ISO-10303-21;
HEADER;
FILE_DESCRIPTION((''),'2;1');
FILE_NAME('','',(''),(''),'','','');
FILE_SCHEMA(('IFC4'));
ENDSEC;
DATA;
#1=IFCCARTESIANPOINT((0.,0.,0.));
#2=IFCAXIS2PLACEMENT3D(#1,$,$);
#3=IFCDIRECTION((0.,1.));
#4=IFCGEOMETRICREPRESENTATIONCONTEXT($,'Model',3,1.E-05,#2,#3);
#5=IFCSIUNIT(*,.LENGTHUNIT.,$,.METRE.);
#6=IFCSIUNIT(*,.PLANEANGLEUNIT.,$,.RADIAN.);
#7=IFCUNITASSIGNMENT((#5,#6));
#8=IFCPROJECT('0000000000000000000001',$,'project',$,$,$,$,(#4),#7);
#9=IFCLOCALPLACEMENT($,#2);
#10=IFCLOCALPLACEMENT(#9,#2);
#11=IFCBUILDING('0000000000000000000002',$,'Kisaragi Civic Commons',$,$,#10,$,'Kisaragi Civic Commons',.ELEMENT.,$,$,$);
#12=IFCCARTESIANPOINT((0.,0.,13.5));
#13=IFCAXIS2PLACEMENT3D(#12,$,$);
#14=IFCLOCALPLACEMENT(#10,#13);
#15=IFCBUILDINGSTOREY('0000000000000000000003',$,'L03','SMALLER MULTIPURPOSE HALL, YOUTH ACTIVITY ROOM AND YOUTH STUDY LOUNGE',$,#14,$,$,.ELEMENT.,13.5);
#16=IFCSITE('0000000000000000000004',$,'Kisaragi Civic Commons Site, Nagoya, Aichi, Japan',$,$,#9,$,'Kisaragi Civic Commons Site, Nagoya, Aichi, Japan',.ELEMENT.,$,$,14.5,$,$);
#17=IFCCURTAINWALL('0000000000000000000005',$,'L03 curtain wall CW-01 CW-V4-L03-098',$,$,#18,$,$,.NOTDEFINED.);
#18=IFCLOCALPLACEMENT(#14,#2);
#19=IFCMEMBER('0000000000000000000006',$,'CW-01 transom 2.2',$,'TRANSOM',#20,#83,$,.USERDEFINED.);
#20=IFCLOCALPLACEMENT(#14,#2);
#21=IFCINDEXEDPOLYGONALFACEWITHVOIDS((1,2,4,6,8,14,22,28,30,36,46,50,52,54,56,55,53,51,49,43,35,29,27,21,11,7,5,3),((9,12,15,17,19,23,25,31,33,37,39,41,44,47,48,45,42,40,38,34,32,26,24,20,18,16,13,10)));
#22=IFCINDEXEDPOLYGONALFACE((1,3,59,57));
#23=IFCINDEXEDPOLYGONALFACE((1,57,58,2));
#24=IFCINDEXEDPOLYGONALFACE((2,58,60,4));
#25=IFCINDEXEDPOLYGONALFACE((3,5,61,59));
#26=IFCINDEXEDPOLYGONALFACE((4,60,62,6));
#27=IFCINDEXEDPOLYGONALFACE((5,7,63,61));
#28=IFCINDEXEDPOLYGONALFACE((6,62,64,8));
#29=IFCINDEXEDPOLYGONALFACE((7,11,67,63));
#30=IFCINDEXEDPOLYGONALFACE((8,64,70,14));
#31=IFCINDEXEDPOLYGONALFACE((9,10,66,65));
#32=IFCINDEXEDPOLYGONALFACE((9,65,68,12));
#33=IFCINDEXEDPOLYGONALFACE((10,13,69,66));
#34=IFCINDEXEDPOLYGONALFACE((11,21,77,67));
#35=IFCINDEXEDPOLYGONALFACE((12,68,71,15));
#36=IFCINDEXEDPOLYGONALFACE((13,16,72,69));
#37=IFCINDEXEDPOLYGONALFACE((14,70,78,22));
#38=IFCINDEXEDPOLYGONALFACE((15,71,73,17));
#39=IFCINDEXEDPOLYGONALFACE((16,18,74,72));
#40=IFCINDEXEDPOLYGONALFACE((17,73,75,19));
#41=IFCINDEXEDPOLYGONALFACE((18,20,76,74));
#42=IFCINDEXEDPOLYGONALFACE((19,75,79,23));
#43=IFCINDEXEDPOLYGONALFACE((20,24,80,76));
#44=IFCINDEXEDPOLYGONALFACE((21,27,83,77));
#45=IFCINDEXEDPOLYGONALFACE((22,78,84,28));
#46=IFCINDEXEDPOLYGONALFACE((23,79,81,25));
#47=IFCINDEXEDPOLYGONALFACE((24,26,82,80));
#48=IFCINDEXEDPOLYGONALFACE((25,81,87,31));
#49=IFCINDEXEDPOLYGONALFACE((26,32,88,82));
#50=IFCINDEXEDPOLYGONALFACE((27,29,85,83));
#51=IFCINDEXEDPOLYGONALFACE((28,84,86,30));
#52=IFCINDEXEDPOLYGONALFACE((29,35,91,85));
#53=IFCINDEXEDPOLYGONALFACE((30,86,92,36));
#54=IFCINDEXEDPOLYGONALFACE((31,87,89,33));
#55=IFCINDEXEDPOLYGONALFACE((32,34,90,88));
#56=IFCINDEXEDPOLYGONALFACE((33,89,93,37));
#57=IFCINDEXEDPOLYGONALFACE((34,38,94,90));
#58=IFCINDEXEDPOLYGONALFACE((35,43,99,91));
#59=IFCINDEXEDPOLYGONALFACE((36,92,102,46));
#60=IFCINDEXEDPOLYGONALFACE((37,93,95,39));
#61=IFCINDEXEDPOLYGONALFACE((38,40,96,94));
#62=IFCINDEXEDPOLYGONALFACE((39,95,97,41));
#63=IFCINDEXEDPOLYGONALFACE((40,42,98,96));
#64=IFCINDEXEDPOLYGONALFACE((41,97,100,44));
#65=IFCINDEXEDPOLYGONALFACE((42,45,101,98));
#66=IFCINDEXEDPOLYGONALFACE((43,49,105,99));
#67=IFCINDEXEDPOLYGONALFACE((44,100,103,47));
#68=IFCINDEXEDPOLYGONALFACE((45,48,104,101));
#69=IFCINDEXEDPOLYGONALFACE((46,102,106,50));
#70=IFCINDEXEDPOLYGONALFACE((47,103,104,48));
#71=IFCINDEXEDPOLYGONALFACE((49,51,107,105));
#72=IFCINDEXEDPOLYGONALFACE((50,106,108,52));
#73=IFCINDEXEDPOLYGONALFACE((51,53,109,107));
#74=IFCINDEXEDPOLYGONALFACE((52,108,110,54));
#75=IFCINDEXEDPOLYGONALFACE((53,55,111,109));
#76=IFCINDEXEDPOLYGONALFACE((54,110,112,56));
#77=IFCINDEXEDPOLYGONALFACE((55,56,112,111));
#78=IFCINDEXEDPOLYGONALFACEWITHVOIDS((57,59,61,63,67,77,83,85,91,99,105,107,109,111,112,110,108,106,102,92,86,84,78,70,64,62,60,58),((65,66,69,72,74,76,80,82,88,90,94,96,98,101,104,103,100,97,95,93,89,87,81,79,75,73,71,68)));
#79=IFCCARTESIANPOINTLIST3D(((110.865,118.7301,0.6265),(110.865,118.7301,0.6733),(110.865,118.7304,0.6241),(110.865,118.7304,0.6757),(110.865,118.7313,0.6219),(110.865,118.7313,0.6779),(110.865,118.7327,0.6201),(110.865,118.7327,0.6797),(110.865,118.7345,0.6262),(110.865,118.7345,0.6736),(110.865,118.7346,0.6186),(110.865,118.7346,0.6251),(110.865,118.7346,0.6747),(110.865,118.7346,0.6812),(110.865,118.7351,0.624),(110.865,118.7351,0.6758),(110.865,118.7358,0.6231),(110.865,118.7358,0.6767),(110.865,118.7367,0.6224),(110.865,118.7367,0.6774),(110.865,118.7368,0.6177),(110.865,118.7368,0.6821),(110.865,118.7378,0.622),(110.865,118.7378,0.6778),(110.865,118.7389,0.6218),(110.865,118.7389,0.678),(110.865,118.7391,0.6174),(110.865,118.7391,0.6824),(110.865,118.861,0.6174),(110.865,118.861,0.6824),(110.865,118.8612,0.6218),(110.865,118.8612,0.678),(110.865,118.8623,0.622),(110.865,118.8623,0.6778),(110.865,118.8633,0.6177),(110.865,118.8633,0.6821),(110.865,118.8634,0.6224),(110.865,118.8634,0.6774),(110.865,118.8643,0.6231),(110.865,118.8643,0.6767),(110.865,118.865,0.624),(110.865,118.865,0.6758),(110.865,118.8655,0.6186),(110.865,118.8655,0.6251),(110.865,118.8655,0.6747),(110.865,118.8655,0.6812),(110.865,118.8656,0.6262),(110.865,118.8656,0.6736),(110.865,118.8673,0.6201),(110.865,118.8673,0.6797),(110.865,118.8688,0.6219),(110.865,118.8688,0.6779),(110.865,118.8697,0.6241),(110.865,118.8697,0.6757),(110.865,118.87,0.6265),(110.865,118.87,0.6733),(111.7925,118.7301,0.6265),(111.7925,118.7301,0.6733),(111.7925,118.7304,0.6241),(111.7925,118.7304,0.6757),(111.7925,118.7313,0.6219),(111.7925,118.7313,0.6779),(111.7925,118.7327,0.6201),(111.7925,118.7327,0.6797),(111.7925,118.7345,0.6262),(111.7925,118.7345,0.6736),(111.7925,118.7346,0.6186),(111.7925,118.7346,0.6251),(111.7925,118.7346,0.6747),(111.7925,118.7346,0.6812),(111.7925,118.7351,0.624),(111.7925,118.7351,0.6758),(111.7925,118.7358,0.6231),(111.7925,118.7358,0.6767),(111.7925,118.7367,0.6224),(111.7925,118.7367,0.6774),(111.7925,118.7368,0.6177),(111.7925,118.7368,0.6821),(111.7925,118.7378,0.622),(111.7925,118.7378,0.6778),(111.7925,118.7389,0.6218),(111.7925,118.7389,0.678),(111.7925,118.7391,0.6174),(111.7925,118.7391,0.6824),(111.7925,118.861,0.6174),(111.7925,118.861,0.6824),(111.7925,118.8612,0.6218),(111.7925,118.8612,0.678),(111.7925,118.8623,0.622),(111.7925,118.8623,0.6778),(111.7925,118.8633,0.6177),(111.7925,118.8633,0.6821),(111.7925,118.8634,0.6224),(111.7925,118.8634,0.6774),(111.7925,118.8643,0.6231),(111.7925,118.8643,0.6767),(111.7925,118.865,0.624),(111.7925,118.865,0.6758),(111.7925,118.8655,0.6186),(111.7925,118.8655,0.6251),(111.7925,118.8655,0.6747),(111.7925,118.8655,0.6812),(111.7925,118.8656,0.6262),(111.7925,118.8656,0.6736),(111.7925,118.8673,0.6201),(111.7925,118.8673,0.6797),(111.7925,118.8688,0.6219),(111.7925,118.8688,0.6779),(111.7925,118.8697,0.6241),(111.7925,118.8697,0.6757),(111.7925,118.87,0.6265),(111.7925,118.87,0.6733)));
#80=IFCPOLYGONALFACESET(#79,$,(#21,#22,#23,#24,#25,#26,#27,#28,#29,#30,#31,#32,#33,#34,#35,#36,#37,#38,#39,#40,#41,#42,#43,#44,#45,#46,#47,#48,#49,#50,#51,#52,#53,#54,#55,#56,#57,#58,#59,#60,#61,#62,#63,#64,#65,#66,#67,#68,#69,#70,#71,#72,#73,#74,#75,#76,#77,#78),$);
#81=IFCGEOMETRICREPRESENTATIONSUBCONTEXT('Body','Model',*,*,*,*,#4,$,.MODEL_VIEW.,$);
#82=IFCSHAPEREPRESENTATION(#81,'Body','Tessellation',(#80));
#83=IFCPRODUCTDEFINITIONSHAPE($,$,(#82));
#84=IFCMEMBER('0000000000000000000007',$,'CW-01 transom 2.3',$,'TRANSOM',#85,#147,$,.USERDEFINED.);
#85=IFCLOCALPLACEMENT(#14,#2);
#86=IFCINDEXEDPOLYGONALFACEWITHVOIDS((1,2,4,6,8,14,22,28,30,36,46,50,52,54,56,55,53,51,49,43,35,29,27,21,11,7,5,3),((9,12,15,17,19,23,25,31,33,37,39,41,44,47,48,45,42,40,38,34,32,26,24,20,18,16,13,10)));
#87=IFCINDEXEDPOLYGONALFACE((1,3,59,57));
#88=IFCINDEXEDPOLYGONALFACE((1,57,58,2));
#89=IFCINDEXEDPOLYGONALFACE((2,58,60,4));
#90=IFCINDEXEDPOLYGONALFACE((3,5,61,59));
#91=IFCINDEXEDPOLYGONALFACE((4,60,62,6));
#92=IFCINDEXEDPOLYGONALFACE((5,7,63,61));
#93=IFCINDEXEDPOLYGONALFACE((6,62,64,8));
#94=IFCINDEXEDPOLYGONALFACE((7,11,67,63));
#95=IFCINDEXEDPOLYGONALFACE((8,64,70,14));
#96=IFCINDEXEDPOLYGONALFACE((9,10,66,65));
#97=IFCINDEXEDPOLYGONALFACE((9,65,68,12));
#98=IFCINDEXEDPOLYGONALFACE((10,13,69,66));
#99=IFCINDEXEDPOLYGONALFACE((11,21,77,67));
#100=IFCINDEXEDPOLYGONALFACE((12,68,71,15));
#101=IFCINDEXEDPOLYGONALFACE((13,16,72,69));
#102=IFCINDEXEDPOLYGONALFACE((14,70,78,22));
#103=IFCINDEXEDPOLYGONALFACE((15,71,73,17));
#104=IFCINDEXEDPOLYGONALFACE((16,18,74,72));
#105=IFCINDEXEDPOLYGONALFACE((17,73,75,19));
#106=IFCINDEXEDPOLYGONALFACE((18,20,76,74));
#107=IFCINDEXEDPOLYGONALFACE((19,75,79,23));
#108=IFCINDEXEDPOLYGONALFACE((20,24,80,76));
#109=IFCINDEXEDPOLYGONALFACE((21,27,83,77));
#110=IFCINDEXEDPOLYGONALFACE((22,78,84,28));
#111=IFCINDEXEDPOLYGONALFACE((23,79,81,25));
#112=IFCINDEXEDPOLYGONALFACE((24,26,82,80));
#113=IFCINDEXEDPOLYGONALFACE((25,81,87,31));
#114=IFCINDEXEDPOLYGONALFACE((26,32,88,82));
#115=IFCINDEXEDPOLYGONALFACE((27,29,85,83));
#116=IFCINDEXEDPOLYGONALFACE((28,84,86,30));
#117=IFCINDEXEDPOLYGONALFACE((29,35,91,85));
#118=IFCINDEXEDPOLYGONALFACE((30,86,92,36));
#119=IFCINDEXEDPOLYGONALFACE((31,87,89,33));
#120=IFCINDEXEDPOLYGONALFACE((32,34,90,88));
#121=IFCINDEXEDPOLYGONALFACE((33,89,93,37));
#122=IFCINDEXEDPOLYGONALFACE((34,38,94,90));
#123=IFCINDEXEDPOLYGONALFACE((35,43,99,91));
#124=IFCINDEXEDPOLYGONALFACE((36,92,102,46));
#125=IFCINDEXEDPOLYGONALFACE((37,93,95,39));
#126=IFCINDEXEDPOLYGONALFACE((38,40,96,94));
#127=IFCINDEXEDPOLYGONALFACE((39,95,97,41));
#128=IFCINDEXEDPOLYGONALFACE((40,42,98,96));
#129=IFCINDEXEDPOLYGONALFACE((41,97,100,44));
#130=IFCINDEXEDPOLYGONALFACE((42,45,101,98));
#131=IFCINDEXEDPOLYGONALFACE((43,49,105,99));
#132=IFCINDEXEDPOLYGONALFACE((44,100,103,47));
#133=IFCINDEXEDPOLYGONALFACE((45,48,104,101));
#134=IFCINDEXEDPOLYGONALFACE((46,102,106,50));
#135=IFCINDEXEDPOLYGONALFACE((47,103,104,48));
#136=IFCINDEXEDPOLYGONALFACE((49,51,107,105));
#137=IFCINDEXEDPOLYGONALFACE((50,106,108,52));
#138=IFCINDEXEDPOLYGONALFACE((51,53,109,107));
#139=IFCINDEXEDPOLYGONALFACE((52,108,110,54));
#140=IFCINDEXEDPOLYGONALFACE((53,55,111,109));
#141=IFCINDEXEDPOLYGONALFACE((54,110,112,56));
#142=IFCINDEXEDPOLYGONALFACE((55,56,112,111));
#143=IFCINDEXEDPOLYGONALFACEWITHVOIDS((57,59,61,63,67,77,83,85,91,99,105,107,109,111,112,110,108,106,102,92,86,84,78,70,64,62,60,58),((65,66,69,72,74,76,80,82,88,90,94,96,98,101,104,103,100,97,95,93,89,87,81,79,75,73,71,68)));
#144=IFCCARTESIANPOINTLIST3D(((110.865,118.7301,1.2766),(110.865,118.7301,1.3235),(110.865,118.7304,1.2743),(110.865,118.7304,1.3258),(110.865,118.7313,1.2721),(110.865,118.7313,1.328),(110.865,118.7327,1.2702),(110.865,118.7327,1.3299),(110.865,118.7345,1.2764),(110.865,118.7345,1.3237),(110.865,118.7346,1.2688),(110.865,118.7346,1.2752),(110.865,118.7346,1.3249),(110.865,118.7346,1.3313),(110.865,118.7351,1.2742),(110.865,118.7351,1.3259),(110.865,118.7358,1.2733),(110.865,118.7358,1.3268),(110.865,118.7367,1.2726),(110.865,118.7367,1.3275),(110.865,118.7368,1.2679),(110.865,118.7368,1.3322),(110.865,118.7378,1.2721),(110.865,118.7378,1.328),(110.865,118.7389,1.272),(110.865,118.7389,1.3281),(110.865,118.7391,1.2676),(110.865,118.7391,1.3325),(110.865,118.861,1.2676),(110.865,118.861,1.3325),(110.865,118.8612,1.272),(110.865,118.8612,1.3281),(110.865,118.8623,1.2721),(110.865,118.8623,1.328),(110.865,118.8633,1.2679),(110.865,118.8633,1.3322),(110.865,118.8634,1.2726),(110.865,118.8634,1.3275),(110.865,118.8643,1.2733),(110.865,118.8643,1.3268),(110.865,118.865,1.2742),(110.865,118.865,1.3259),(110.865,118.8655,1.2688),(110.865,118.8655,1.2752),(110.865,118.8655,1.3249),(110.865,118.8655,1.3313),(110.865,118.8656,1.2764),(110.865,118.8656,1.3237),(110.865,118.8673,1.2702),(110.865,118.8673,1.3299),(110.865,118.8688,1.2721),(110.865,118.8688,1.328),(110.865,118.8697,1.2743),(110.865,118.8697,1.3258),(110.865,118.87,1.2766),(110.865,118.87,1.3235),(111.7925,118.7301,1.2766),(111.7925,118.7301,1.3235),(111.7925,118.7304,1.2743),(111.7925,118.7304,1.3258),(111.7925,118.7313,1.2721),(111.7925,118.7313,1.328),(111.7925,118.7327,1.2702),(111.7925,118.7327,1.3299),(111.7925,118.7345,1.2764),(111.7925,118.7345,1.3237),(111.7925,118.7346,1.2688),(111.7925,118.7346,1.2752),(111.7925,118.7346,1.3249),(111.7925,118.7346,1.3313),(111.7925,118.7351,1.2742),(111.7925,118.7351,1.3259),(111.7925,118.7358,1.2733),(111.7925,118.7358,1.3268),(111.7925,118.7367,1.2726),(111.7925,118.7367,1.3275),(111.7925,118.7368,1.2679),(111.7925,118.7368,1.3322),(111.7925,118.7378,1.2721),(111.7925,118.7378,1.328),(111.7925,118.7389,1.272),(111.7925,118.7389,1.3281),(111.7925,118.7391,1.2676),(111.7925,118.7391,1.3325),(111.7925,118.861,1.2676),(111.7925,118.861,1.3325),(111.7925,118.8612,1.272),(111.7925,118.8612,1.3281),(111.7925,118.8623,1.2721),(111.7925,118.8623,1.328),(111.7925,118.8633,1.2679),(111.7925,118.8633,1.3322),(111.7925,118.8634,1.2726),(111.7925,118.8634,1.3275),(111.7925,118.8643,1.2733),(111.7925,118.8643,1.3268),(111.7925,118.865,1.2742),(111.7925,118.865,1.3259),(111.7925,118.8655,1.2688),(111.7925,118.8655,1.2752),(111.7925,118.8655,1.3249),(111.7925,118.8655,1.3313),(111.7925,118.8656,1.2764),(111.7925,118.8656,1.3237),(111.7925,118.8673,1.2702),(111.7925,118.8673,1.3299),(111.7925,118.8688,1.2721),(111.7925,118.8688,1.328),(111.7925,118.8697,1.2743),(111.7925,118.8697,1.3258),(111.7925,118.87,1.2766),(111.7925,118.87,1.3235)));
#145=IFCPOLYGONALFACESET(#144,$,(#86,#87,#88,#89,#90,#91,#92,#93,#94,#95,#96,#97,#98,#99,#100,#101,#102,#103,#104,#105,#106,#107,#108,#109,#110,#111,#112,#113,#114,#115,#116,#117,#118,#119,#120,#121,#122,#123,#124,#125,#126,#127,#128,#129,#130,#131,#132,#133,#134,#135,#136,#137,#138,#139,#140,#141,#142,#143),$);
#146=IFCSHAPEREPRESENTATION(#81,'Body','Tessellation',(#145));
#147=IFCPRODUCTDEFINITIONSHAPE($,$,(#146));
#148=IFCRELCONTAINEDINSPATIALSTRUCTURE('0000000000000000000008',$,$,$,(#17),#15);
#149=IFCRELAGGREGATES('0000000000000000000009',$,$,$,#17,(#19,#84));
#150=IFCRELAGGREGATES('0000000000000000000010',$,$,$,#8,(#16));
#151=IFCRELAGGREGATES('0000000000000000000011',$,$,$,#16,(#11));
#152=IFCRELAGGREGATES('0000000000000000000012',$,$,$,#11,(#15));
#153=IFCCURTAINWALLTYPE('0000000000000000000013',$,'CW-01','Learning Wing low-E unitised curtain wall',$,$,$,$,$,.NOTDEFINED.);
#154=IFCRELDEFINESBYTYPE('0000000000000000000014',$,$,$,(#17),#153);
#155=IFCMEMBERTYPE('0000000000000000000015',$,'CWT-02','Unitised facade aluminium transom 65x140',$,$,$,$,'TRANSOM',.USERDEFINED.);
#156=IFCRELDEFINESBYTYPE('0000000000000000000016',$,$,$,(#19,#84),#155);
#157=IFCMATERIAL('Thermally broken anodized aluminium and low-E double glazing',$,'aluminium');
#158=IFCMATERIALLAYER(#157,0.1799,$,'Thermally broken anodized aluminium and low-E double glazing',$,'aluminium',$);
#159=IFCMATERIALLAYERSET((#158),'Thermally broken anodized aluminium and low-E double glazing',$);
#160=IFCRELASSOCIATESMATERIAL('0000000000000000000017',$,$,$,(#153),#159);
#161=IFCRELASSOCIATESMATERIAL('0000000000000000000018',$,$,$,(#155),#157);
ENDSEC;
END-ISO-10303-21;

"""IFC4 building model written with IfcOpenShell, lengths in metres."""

from ifc_helpers import new_model, si_unit, direction, frame, origin, origin_2d, place, context, subcontext, project, spatial, hollow_rectangle, extrude, material, layer, layer_set, material_profile, profile_set, type_object, element, aggregate, save


model = new_model("IFC4")

# Units and contexts
model_context = context("Model", 3, precision=1e-05, world=origin(), true_north=direction((0.0, 1.0)))
body_context = subcontext(model_context, "Body", "Model", "MODEL_VIEW")
ifc_project = project(units=[si_unit("LENGTHUNIT", "METRE"), si_unit("PLANEANGLEUNIT", "RADIAN")], contexts=[model_context])

# Site, building, storey
site_placement = place(None, origin())
site = spatial("IfcSite", under=ifc_project, at=site_placement, Name="Kisaragi Civic Commons Site, Nagoya, Aichi, Japan", LongName="Kisaragi Civic Commons Site, Nagoya, Aichi, Japan", CompositionType="ELEMENT", RefElevation=14.5)
building_placement = place(site_placement, origin())
building = spatial("IfcBuilding", under=site, at=building_placement, Name="Kisaragi Civic Commons", LongName="Kisaragi Civic Commons", CompositionType="ELEMENT")
storey_placement = place(building_placement, frame((0.0, 0.0, 13.5)))
storey = spatial("IfcBuildingStorey", under=building, at=storey_placement, Name="L03", Description="SMALLER MULTIPURPOSE HALL, YOUTH ACTIVITY ROOM AND YOUTH STUDY LOUNGE", CompositionType="ELEMENT", Elevation=13.5)

# Curtain wall, members
ifc_material = material(Name="Thermally broken anodized aluminium and low-E double glazing", Category="aluminium")
ifc_layer_1 = layer(ifc_material, 0.1799, Name="Thermally broken anodized aluminium and low-E double glazing", Category="aluminium")
ifc_layer_set_1 = layer_set([ifc_layer_1], Name="Thermally broken anodized aluminium and low-E double glazing")
curtain_wall_type = type_object("IfcCurtainWallType", Name="CW-01", Description="Learning Wing low-E unitised curtain wall", PredefinedType="NOTDEFINED", material=ifc_layer_set_1)
curtain_wall_placement = place(storey_placement, origin())
curtain_wall = element("IfcCurtainWall", 1, at=curtain_wall_placement, inside=storey, type_object=curtain_wall_type, Name="L03 curtain wall CW-01 CW-V4-L03-098", PredefinedType="NOTDEFINED")
ifc_material_profile_1 = material_profile(ifc_material, hollow_rectangle(XDim=0.1399, YDim=0.0649, WallThickness=0.0044, InnerFilletRadius=0.0044, OuterFilletRadius=0.009, at=origin_2d()), Name="CWT-65x140x4.5", Category="aluminium")
ifc_profile_set_1 = profile_set([ifc_material_profile_1], Name="Thermally broken anodized aluminium and low-E double glazing")
member_type_1 = type_object("IfcMemberType", Name="CWT-02", Description="Unitised facade aluminium transom 65x140", ElementType="TRANSOM", PredefinedType="USERDEFINED", material=ifc_profile_set_1)
member_1_placement = place(storey_placement, frame((110.865, 118.8, 0.6499), z_axis=(1.0, 0.0, 0.0), x_axis=(0.0, 1.0, 0.0)))
member_1 = element("IfcMember", 2, at=member_1_placement, type_object=member_type_1, Name="CW-01 transom 2.2", ObjectType="TRANSOM", PredefinedType="USERDEFINED", context=body_context, shape_type="SweptSolid", body=[
    extrude(hollow_rectangle(XDim=0.1399, YDim=0.0649, WallThickness=0.0044, InnerFilletRadius=0.0044, OuterFilletRadius=0.009, at=origin_2d()), origin(), (0.0, 0.0, 1.0), 0.9275),
])
member_2_placement = place(storey_placement, frame((110.865, 118.8, 1.3), z_axis=(1.0, 0.0, 0.0), x_axis=(0.0, 1.0, 0.0)))
member_2 = element("IfcMember", 3, at=member_2_placement, type_object=member_type_1, Name="CW-01 transom 2.3", ObjectType="TRANSOM", PredefinedType="USERDEFINED", context=body_context, shape_type="SweptSolid", body=[
    extrude(hollow_rectangle(XDim=0.1399, YDim=0.0649, WallThickness=0.0044, InnerFilletRadius=0.0044, OuterFilletRadius=0.009, at=origin_2d()), origin(), (0.0, 0.0, 1.0), 0.9275),
])
aggregate(curtain_wall, [member_1, member_2])

save(model, "model.ifc")
